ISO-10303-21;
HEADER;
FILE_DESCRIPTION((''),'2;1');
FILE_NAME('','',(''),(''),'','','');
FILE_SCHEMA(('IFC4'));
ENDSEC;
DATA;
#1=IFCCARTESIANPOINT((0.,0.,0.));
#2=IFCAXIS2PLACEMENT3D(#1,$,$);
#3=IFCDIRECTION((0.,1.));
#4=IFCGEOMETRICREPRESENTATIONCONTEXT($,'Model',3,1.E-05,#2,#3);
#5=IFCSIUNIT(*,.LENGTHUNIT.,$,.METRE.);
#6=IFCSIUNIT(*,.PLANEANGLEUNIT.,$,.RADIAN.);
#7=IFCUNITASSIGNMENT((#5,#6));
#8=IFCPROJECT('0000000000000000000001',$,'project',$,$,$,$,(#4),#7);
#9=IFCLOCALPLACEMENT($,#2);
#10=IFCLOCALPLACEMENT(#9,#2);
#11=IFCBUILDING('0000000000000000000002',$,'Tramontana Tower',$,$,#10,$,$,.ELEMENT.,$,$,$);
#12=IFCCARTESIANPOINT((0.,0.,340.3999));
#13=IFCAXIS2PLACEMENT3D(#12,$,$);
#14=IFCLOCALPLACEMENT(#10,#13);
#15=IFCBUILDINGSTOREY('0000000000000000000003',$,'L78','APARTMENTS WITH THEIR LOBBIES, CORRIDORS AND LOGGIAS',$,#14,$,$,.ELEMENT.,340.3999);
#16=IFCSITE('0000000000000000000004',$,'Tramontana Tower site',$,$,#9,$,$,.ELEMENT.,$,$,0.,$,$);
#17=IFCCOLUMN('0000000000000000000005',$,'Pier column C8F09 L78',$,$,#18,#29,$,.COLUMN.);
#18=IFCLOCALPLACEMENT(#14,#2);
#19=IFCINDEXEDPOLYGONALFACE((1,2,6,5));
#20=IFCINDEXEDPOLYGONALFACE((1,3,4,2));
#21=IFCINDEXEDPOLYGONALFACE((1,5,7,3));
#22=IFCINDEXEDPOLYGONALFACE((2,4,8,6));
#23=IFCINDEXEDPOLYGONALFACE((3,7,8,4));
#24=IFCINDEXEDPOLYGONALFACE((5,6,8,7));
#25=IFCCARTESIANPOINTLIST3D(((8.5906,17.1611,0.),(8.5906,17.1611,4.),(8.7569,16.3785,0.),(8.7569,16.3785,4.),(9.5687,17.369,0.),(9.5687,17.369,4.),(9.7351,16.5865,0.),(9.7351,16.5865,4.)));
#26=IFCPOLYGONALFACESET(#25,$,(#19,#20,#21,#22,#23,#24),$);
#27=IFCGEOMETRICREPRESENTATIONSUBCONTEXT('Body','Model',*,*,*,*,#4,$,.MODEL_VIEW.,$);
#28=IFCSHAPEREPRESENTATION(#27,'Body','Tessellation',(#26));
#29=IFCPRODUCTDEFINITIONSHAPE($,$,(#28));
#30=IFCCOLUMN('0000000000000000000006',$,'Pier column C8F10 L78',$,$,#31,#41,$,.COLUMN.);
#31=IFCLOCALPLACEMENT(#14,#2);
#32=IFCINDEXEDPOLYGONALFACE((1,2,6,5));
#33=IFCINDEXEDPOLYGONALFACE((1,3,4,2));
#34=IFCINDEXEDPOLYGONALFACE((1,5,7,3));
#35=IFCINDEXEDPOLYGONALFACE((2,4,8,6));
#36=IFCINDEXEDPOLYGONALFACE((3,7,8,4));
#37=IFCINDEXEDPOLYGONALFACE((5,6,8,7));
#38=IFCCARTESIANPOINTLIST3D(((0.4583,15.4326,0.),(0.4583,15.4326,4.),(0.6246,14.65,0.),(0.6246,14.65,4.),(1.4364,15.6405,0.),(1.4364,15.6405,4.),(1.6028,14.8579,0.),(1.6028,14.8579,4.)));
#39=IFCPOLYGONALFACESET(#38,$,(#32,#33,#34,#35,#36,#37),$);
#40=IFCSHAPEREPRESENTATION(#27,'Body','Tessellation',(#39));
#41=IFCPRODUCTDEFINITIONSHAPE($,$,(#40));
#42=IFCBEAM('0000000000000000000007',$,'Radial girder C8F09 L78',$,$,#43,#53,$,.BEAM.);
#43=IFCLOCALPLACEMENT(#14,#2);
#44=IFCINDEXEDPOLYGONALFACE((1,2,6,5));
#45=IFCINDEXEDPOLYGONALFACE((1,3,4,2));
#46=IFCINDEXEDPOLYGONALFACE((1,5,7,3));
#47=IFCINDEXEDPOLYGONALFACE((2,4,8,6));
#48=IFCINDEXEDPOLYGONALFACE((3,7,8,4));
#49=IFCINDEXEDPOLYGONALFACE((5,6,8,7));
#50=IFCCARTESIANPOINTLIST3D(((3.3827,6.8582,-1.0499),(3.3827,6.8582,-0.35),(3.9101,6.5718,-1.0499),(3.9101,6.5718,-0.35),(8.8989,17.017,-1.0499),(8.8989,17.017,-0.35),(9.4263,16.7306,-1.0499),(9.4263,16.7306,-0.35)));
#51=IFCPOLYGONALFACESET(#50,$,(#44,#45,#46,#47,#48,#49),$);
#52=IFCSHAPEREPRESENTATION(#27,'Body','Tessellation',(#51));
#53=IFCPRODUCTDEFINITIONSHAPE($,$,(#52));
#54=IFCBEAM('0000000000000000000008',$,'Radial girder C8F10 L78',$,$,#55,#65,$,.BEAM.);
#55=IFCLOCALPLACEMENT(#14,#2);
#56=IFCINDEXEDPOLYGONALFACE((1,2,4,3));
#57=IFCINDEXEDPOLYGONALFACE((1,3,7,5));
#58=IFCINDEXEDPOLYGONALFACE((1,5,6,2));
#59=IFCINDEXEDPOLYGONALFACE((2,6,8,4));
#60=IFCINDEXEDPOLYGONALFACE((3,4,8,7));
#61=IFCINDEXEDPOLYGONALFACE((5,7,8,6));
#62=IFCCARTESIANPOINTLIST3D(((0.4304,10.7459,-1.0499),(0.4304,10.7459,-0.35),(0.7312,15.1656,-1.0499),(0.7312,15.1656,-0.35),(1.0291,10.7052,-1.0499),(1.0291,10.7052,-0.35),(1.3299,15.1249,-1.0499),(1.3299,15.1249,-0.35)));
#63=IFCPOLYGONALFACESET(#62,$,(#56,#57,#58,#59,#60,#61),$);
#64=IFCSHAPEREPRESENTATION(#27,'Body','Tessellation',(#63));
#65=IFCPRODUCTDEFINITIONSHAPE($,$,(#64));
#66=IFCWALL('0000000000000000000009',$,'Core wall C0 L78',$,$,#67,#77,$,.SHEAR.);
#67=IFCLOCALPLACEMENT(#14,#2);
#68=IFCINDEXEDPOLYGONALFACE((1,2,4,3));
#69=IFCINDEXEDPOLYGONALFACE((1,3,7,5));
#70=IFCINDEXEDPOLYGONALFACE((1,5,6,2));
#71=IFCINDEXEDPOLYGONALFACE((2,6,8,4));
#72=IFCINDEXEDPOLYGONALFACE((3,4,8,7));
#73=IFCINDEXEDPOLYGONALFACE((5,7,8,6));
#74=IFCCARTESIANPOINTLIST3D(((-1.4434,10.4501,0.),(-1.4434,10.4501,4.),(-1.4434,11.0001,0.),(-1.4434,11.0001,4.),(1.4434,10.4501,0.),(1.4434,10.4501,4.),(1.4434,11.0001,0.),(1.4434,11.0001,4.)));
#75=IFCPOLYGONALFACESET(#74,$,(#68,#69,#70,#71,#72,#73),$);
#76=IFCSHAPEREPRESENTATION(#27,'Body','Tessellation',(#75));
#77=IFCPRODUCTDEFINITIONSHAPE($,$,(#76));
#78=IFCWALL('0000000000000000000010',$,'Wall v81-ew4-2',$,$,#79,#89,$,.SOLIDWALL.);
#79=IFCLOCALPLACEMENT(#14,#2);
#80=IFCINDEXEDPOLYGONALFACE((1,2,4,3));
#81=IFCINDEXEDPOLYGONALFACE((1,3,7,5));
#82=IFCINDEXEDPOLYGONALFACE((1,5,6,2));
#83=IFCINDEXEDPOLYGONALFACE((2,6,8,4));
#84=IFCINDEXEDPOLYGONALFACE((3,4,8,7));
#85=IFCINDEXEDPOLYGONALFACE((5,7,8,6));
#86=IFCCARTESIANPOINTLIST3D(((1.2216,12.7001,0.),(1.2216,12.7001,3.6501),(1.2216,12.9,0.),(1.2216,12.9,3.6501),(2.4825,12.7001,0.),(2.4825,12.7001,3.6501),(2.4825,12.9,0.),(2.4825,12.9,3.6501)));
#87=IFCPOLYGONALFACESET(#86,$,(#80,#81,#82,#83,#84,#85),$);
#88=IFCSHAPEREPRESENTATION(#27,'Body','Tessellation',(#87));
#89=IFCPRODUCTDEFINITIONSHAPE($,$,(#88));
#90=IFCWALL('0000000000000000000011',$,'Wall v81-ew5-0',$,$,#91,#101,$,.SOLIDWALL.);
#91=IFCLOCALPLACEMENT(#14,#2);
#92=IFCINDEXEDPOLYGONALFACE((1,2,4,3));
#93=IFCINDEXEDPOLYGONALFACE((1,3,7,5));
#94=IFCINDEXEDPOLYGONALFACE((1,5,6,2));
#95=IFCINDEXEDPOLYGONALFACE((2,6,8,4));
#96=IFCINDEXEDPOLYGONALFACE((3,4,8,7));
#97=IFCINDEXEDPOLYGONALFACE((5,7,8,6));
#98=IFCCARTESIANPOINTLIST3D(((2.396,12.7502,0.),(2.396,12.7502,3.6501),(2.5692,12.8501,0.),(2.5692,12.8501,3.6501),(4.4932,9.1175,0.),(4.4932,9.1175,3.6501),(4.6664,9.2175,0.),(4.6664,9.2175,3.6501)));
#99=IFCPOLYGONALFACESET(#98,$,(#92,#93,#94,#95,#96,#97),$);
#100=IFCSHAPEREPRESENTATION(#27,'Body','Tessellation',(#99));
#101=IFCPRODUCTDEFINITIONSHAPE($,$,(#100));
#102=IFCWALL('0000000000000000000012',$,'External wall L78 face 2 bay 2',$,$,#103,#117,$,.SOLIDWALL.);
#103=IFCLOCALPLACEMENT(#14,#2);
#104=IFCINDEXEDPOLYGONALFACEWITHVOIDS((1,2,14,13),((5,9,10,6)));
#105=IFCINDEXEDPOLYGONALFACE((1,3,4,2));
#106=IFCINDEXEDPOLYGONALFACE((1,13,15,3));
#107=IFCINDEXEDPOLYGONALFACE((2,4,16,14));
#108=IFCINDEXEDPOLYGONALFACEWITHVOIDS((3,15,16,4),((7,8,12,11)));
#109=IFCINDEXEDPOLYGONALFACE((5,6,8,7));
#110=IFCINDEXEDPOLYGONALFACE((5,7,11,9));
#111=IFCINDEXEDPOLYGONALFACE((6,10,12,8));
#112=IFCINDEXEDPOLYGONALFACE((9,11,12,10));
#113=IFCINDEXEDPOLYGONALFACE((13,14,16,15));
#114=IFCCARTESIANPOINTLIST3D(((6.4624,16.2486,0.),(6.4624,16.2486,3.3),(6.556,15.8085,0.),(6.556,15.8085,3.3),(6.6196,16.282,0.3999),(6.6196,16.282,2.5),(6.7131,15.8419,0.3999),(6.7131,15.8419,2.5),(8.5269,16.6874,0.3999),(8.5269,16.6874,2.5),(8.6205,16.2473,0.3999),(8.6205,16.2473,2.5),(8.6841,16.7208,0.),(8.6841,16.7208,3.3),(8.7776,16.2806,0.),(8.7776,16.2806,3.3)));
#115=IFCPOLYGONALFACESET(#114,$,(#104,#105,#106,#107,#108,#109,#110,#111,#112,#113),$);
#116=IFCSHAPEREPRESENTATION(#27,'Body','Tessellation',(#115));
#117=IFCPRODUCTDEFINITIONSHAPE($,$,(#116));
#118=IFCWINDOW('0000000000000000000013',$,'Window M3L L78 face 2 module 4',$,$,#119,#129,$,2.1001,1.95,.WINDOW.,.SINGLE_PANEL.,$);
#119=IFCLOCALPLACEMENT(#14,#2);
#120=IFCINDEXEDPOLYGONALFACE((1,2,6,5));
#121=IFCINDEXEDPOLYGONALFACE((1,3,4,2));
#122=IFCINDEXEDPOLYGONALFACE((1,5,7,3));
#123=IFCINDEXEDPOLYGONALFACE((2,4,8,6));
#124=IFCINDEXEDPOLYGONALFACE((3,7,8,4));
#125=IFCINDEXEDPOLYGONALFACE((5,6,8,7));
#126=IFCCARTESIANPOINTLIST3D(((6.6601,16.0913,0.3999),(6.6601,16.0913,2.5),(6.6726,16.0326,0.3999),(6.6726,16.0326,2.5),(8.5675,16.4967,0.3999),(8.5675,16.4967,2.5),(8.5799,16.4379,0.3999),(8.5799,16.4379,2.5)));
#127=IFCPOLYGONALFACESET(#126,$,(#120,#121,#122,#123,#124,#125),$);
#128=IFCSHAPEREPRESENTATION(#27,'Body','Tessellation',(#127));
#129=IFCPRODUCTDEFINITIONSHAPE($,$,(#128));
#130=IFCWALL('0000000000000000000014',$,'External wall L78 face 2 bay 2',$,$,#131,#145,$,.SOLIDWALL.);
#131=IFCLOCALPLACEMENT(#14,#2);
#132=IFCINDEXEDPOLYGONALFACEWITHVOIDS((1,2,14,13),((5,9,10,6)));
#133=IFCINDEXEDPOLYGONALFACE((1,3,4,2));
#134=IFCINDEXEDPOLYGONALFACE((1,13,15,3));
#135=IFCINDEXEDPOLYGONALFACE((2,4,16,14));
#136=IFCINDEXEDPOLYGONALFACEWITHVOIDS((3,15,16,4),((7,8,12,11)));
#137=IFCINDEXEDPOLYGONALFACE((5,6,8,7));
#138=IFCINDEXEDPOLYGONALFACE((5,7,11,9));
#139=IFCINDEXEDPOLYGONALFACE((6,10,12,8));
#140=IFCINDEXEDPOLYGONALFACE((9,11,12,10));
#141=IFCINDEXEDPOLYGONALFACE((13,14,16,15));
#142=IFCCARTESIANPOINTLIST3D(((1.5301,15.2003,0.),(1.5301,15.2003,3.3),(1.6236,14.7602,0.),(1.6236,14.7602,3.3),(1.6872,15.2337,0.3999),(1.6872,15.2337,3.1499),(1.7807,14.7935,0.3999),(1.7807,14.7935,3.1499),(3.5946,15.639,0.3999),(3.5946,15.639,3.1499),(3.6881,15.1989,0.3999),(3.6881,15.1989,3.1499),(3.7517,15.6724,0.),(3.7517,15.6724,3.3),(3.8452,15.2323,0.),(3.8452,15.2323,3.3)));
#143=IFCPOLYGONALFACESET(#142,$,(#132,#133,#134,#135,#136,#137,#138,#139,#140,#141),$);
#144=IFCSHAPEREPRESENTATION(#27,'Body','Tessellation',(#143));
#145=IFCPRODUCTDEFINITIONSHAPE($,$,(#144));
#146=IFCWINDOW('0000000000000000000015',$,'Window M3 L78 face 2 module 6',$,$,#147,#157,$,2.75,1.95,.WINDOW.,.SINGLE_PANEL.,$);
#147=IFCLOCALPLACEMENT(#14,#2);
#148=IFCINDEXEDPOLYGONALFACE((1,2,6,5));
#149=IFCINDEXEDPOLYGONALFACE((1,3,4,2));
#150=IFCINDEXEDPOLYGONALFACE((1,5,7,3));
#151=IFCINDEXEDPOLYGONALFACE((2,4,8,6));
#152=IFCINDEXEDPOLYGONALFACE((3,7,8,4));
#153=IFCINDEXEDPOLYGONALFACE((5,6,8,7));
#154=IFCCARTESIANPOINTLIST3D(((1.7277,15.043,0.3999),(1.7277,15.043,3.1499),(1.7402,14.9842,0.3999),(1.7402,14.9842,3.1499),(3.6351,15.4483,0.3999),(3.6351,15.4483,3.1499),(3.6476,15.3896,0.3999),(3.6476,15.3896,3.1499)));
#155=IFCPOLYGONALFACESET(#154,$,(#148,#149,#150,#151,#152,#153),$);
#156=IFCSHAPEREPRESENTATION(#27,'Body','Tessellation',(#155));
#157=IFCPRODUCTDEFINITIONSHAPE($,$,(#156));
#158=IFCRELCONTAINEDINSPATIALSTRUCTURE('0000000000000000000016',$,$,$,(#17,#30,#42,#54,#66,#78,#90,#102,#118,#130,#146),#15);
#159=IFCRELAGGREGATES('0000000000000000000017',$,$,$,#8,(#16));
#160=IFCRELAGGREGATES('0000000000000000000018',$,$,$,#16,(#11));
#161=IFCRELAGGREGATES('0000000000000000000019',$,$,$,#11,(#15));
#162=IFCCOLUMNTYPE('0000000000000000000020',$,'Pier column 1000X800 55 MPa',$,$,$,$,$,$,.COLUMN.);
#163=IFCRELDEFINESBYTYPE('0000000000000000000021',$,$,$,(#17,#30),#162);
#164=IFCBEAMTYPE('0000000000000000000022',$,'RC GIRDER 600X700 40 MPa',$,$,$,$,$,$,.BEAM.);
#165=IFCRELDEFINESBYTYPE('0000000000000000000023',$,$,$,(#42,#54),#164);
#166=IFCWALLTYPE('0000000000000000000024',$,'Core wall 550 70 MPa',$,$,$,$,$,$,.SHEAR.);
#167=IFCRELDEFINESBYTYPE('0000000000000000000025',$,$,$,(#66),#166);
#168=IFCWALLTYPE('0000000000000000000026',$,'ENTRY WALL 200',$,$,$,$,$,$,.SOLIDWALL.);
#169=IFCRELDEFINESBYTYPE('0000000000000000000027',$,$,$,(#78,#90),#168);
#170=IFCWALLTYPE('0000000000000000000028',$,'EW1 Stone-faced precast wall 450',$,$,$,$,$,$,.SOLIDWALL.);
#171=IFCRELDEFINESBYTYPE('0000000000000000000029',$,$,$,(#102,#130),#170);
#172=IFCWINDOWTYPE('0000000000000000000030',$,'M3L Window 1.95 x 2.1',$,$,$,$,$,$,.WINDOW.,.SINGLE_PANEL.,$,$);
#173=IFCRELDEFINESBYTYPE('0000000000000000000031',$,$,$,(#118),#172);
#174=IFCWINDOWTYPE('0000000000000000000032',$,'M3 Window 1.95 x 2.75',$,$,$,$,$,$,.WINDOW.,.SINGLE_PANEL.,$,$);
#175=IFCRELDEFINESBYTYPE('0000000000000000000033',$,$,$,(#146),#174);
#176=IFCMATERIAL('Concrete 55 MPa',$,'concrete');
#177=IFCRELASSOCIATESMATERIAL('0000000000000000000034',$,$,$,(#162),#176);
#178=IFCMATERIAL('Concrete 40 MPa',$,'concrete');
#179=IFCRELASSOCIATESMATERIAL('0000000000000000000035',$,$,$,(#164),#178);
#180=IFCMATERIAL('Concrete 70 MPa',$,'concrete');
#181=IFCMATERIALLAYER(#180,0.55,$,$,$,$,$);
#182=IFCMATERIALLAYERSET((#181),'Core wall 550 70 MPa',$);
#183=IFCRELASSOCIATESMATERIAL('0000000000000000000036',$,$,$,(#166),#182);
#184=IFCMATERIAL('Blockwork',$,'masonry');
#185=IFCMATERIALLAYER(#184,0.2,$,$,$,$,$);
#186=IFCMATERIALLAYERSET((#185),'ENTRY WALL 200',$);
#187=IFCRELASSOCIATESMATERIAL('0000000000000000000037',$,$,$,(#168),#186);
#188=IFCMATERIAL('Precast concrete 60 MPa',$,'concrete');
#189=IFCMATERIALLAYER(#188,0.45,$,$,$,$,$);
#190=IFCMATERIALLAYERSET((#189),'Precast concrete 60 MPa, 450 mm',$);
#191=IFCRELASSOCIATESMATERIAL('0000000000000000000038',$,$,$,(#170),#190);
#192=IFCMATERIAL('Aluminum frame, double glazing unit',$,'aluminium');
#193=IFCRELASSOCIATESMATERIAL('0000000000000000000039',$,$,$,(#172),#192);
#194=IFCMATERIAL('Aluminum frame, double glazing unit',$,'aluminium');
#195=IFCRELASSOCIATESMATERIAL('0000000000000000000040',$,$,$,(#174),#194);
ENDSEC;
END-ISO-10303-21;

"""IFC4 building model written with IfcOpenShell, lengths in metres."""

from ifc_helpers import new_model, si_unit, direction, frame, frame_2d, origin, origin_2d, place, context, subcontext, project, spatial, rectangle, extrude, material, layer, layer_set, material_profile, profile_set, type_object, element, fill, save


model = new_model("IFC4")

# Units and contexts
model_context = context("Model", 3, precision=1e-05, world=origin(), true_north=direction((0.0, 1.0)))
body_context = subcontext(model_context, "Body", "Model", "MODEL_VIEW")
ifc_project = project(units=[si_unit("LENGTHUNIT", "METRE"), si_unit("PLANEANGLEUNIT", "RADIAN")], contexts=[model_context])

# Site, building, storey
site_placement = place(None, origin())
site = spatial("IfcSite", under=ifc_project, at=site_placement, Name="Tramontana Tower site", CompositionType="ELEMENT", RefElevation=0.0)
building_placement = place(site_placement, origin())
building = spatial("IfcBuilding", under=site, at=building_placement, Name="Tramontana Tower", CompositionType="ELEMENT")
storey_placement = place(building_placement, frame((0.0, 0.0, 340.3999)))
storey = spatial("IfcBuildingStorey", under=building, at=storey_placement, Name="L78", Description="APARTMENTS WITH THEIR LOBBIES, CORRIDORS AND LOGGIAS", CompositionType="ELEMENT", Elevation=340.3999)

# Columns
ifc_material_1 = material(Name="Concrete 55 MPa", Category="concrete")
ifc_material_profile_1 = material_profile(ifc_material_1, rectangle(XDim=1.0, YDim=0.8, at=origin_2d()), Name="Pier column 1000X800 55 MPa")
ifc_profile_set_1 = profile_set([ifc_material_profile_1], Name="Concrete 55 MPa")
column_type = type_object("IfcColumnType", Name="Pier column 1000X800 55 MPa", PredefinedType="COLUMN", material=ifc_profile_set_1)
for number, where, z_axis, x_axis, name in (
    (1, (9.1628, 16.8738, 0.0), (0.0, 0.0, 1.0), (-0.978148, -0.207912, 0.0), "Pier column C8F09 L78"),
    (2, (1.0305, 15.1453, 0.0), (0.0, 0.0, 1.0), (-0.978148, -0.207912, 0.0), "Pier column C8F10 L78"),
):
    element("IfcColumn", number, at=place(storey_placement, frame(where, z_axis=z_axis, x_axis=x_axis)), inside=storey, type_object=column_type, Name=name, PredefinedType="COLUMN", context=body_context, shape_type="SweptSolid", body=[
        extrude(rectangle(XDim=1.0, YDim=0.8, at=origin_2d()), origin(), (0.0, 0.0, 1.0), 4.0),
    ])

# Beams
ifc_material_2 = material(Name="Concrete 40 MPa", Category="concrete")
ifc_material_profile_2 = material_profile(ifc_material_2, rectangle(XDim=0.6001, YDim=0.7, at=origin_2d()), Name="RC GIRDER 600X700 40 MPa")
ifc_profile_set_2 = profile_set([ifc_material_profile_2], Name="Concrete 40 MPa")
beam_type = type_object("IfcBeamType", Name="RC GIRDER 600X700 40 MPa", PredefinedType="BEAM", material=ifc_profile_set_2)
beam_1_placement = place(storey_placement, frame((9.1626, 16.8738, -0.7), z_axis=(-0.477185, -0.878803, 0.0), x_axis=(0.878803, -0.477185, 0.0)))
element("IfcBeam", 3, at=beam_1_placement, inside=storey, type_object=beam_type, Name="Radial girder C8F09 L78", PredefinedType="BEAM", context=body_context, shape_type="SweptSolid", body=[
    extrude(rectangle(XDim=0.6001, YDim=0.7, at=origin_2d()), origin(), (0.0, 0.0, 1.0), 11.5598),
])
beam_2_placement = place(storey_placement, frame((1.0305, 15.1453, -0.7), z_axis=(-0.067898, -0.997692, 0.0), x_axis=(0.997692, -0.067898, 0.0)))
element("IfcBeam", 4, at=beam_2_placement, inside=storey, type_object=beam_type, Name="Radial girder C8F10 L78", PredefinedType="BEAM", context=body_context, shape_type="SweptSolid", body=[
    extrude(rectangle(XDim=0.6001, YDim=0.7, at=origin_2d()), origin(), (0.0, 0.0, 1.0), 4.4299),
])

# Walls
ifc_material_3 = material(Name="Concrete 70 MPa", Category="concrete")
ifc_layer_1 = layer(ifc_material_3, 0.55)
ifc_layer_set_1 = layer_set([ifc_layer_1], Name="Core wall 550 70 MPa")
wall_type_1 = type_object("IfcWallType", Name="Core wall 550 70 MPa", PredefinedType="SHEAR", material=ifc_layer_set_1)
wall_1_placement = place(storey_placement, frame((1.4434, 10.7251, 0.0), z_axis=(0.0, 0.0, 1.0), x_axis=(-1.0, 0.0, 0.0)))
element("IfcWall", 5, at=wall_1_placement, inside=storey, type_object=wall_type_1, Name="Core wall C0 L78", PredefinedType="SHEAR", context=body_context, shape_type="SweptSolid", body=[
    extrude(rectangle(XDim=2.8867, YDim=0.55, at=frame_2d((1.4434, 0.0))), origin(), (0.0, 0.0, 1.0), 4.0),
])
ifc_material_4 = material(Name="Blockwork", Category="masonry")
ifc_layer_2 = layer(ifc_material_4, 0.2)
ifc_layer_set_2 = layer_set([ifc_layer_2], Name="ENTRY WALL 200")
wall_type_2 = type_object("IfcWallType", Name="ENTRY WALL 200", PredefinedType="SOLIDWALL", material=ifc_layer_set_2)
wall_2_placement = place(storey_placement, frame((1.2217, 12.8, 0.0), z_axis=(0.0, 0.0, 1.0), x_axis=(1.0, 0.0, 0.0)))
element("IfcWall", 6, at=wall_2_placement, inside=storey, type_object=wall_type_2, Name="Wall v81-ew4-2", PredefinedType="SOLIDWALL", context=body_context, shape_type="SweptSolid", body=[
    extrude(rectangle(XDim=1.261, YDim=0.2, at=frame_2d((0.6304, 0.0))), origin(), (0.0, 0.0, 1.0), 3.6501),
])
wall_3_placement = place(storey_placement, frame((2.4827, 12.8, 0.0), z_axis=(0.0, 0.0, 1.0), x_axis=(0.499983, -0.866035, 0.0)))
element("IfcWall", 7, at=wall_3_placement, inside=storey, type_object=wall_type_2, Name="Wall v81-ew5-0", PredefinedType="SOLIDWALL", context=body_context, shape_type="SweptSolid", body=[
    extrude(rectangle(XDim=4.1946, YDim=0.2, at=frame_2d((2.0972, 0.0))), origin(), (0.0, 0.0, 1.0), 3.6501),
])

# Walls, openings, windows
ifc_material_5 = material(Name="Precast concrete 60 MPa", Category="concrete")
ifc_layer_3 = layer(ifc_material_5, 0.45)
ifc_layer_set_3 = layer_set([ifc_layer_3], Name="Precast concrete 60 MPa, 450 mm")
wall_type_3 = type_object("IfcWallType", Name="EW1 Stone-faced precast wall 450", PredefinedType="SOLIDWALL", material=ifc_layer_set_3)
wall_4_placement = place(storey_placement, frame((8.731, 16.5007, 0.0), z_axis=(0.0, 0.0, 1.0), x_axis=(-0.978153, -0.207884, 0.0)))
wall_4 = element("IfcWall", 8, at=wall_4_placement, inside=storey, type_object=wall_type_3, Name="External wall L78 face 2 bay 2", PredefinedType="SOLIDWALL", context=body_context, shape_type="SweptSolid", body=[
    extrude(rectangle(XDim=2.2712, YDim=0.45, at=frame_2d((1.1357, 0.0))), origin(), (0.0, 0.0, 1.0), 3.3),
])
opening_1_placement = place(wall_4_placement, frame((0.1606, 0.0, 0.3999)))
opening_1 = element("IfcOpeningElement", 9, at=opening_1_placement, cuts=wall_4, PredefinedType="OPENING", context=body_context, shape_type="SweptSolid", body=[
    extrude(rectangle(XDim=1.95, YDim=2.1001, at=frame_2d((0.9751, 1.05))), frame((0.0, 0.2349, 0.0), z_axis=(0.0, -1.0, 0.0), x_axis=(1.0, 0.0, 0.0)), (0.0, 0.0, 1.0), 0.47),
])
ifc_material_6 = material(Name="Aluminum frame, double glazing unit", Category="aluminium")
window_type_1 = type_object("IfcWindowType", Name="M3L Window 1.95 x 2.1", PartitioningType="SINGLE_PANEL", PredefinedType="WINDOW", material=ifc_material_6)
window_1_placement = place(opening_1_placement, origin())
window_1 = element("IfcWindow", 10, at=window_1_placement, inside=storey, type_object=window_type_1, Name="Window M3L L78 face 2 module 4", OverallHeight=2.1001, OverallWidth=1.95, PartitioningType="SINGLE_PANEL", PredefinedType="WINDOW", context=body_context, shape_type="SweptSolid", body=[
    extrude(rectangle(XDim=1.95, YDim=2.1001, at=frame_2d((0.9751, 1.05))), frame((0.0, 0.03, 0.0), z_axis=(0.0, -1.0, 0.0), x_axis=(1.0, 0.0, 0.0)), (0.0, 0.0, 1.0), 0.0601),
])
fill(opening_1, window_1)
wall_5_placement = place(storey_placement, frame((3.7986, 15.4524, 0.0), z_axis=(0.0, 0.0, 1.0), x_axis=(-0.978153, -0.207884, 0.0)))
wall_5 = element("IfcWall", 11, at=wall_5_placement, inside=storey, type_object=wall_type_3, Name="External wall L78 face 2 bay 2", PredefinedType="SOLIDWALL", context=body_context, shape_type="SweptSolid", body=[
    extrude(rectangle(XDim=2.2712, YDim=0.45, at=frame_2d((1.1357, 0.0))), origin(), (0.0, 0.0, 1.0), 3.3),
])
opening_2_placement = place(wall_5_placement, frame((0.1606, 0.0, 0.3999)))
opening_2 = element("IfcOpeningElement", 12, at=opening_2_placement, cuts=wall_5, PredefinedType="OPENING", context=body_context, shape_type="SweptSolid", body=[
    extrude(rectangle(XDim=1.95, YDim=2.75, at=frame_2d((0.9751, 1.375))), frame((0.0, 0.2349, 0.0), z_axis=(0.0, -1.0, 0.0), x_axis=(1.0, 0.0, 0.0)), (0.0, 0.0, 1.0), 0.47),
])
ifc_material_7 = material(Name="Aluminum frame, double glazing unit", Category="aluminium")
window_type_2 = type_object("IfcWindowType", Name="M3 Window 1.95 x 2.75", PartitioningType="SINGLE_PANEL", PredefinedType="WINDOW", material=ifc_material_7)
window_2_placement = place(opening_2_placement, origin())
window_2 = element("IfcWindow", 13, at=window_2_placement, inside=storey, type_object=window_type_2, Name="Window M3 L78 face 2 module 6", OverallHeight=2.75, OverallWidth=1.95, PartitioningType="SINGLE_PANEL", PredefinedType="WINDOW", context=body_context, shape_type="SweptSolid", body=[
    extrude(rectangle(XDim=1.95, YDim=2.75, at=frame_2d((0.9751, 1.375))), frame((0.0, 0.03, 0.0), z_axis=(0.0, -1.0, 0.0), x_axis=(1.0, 0.0, 0.0)), (0.0, 0.0, 1.0), 0.0601),
])
fill(opening_2, window_2)

save(model, "model.ifc")
